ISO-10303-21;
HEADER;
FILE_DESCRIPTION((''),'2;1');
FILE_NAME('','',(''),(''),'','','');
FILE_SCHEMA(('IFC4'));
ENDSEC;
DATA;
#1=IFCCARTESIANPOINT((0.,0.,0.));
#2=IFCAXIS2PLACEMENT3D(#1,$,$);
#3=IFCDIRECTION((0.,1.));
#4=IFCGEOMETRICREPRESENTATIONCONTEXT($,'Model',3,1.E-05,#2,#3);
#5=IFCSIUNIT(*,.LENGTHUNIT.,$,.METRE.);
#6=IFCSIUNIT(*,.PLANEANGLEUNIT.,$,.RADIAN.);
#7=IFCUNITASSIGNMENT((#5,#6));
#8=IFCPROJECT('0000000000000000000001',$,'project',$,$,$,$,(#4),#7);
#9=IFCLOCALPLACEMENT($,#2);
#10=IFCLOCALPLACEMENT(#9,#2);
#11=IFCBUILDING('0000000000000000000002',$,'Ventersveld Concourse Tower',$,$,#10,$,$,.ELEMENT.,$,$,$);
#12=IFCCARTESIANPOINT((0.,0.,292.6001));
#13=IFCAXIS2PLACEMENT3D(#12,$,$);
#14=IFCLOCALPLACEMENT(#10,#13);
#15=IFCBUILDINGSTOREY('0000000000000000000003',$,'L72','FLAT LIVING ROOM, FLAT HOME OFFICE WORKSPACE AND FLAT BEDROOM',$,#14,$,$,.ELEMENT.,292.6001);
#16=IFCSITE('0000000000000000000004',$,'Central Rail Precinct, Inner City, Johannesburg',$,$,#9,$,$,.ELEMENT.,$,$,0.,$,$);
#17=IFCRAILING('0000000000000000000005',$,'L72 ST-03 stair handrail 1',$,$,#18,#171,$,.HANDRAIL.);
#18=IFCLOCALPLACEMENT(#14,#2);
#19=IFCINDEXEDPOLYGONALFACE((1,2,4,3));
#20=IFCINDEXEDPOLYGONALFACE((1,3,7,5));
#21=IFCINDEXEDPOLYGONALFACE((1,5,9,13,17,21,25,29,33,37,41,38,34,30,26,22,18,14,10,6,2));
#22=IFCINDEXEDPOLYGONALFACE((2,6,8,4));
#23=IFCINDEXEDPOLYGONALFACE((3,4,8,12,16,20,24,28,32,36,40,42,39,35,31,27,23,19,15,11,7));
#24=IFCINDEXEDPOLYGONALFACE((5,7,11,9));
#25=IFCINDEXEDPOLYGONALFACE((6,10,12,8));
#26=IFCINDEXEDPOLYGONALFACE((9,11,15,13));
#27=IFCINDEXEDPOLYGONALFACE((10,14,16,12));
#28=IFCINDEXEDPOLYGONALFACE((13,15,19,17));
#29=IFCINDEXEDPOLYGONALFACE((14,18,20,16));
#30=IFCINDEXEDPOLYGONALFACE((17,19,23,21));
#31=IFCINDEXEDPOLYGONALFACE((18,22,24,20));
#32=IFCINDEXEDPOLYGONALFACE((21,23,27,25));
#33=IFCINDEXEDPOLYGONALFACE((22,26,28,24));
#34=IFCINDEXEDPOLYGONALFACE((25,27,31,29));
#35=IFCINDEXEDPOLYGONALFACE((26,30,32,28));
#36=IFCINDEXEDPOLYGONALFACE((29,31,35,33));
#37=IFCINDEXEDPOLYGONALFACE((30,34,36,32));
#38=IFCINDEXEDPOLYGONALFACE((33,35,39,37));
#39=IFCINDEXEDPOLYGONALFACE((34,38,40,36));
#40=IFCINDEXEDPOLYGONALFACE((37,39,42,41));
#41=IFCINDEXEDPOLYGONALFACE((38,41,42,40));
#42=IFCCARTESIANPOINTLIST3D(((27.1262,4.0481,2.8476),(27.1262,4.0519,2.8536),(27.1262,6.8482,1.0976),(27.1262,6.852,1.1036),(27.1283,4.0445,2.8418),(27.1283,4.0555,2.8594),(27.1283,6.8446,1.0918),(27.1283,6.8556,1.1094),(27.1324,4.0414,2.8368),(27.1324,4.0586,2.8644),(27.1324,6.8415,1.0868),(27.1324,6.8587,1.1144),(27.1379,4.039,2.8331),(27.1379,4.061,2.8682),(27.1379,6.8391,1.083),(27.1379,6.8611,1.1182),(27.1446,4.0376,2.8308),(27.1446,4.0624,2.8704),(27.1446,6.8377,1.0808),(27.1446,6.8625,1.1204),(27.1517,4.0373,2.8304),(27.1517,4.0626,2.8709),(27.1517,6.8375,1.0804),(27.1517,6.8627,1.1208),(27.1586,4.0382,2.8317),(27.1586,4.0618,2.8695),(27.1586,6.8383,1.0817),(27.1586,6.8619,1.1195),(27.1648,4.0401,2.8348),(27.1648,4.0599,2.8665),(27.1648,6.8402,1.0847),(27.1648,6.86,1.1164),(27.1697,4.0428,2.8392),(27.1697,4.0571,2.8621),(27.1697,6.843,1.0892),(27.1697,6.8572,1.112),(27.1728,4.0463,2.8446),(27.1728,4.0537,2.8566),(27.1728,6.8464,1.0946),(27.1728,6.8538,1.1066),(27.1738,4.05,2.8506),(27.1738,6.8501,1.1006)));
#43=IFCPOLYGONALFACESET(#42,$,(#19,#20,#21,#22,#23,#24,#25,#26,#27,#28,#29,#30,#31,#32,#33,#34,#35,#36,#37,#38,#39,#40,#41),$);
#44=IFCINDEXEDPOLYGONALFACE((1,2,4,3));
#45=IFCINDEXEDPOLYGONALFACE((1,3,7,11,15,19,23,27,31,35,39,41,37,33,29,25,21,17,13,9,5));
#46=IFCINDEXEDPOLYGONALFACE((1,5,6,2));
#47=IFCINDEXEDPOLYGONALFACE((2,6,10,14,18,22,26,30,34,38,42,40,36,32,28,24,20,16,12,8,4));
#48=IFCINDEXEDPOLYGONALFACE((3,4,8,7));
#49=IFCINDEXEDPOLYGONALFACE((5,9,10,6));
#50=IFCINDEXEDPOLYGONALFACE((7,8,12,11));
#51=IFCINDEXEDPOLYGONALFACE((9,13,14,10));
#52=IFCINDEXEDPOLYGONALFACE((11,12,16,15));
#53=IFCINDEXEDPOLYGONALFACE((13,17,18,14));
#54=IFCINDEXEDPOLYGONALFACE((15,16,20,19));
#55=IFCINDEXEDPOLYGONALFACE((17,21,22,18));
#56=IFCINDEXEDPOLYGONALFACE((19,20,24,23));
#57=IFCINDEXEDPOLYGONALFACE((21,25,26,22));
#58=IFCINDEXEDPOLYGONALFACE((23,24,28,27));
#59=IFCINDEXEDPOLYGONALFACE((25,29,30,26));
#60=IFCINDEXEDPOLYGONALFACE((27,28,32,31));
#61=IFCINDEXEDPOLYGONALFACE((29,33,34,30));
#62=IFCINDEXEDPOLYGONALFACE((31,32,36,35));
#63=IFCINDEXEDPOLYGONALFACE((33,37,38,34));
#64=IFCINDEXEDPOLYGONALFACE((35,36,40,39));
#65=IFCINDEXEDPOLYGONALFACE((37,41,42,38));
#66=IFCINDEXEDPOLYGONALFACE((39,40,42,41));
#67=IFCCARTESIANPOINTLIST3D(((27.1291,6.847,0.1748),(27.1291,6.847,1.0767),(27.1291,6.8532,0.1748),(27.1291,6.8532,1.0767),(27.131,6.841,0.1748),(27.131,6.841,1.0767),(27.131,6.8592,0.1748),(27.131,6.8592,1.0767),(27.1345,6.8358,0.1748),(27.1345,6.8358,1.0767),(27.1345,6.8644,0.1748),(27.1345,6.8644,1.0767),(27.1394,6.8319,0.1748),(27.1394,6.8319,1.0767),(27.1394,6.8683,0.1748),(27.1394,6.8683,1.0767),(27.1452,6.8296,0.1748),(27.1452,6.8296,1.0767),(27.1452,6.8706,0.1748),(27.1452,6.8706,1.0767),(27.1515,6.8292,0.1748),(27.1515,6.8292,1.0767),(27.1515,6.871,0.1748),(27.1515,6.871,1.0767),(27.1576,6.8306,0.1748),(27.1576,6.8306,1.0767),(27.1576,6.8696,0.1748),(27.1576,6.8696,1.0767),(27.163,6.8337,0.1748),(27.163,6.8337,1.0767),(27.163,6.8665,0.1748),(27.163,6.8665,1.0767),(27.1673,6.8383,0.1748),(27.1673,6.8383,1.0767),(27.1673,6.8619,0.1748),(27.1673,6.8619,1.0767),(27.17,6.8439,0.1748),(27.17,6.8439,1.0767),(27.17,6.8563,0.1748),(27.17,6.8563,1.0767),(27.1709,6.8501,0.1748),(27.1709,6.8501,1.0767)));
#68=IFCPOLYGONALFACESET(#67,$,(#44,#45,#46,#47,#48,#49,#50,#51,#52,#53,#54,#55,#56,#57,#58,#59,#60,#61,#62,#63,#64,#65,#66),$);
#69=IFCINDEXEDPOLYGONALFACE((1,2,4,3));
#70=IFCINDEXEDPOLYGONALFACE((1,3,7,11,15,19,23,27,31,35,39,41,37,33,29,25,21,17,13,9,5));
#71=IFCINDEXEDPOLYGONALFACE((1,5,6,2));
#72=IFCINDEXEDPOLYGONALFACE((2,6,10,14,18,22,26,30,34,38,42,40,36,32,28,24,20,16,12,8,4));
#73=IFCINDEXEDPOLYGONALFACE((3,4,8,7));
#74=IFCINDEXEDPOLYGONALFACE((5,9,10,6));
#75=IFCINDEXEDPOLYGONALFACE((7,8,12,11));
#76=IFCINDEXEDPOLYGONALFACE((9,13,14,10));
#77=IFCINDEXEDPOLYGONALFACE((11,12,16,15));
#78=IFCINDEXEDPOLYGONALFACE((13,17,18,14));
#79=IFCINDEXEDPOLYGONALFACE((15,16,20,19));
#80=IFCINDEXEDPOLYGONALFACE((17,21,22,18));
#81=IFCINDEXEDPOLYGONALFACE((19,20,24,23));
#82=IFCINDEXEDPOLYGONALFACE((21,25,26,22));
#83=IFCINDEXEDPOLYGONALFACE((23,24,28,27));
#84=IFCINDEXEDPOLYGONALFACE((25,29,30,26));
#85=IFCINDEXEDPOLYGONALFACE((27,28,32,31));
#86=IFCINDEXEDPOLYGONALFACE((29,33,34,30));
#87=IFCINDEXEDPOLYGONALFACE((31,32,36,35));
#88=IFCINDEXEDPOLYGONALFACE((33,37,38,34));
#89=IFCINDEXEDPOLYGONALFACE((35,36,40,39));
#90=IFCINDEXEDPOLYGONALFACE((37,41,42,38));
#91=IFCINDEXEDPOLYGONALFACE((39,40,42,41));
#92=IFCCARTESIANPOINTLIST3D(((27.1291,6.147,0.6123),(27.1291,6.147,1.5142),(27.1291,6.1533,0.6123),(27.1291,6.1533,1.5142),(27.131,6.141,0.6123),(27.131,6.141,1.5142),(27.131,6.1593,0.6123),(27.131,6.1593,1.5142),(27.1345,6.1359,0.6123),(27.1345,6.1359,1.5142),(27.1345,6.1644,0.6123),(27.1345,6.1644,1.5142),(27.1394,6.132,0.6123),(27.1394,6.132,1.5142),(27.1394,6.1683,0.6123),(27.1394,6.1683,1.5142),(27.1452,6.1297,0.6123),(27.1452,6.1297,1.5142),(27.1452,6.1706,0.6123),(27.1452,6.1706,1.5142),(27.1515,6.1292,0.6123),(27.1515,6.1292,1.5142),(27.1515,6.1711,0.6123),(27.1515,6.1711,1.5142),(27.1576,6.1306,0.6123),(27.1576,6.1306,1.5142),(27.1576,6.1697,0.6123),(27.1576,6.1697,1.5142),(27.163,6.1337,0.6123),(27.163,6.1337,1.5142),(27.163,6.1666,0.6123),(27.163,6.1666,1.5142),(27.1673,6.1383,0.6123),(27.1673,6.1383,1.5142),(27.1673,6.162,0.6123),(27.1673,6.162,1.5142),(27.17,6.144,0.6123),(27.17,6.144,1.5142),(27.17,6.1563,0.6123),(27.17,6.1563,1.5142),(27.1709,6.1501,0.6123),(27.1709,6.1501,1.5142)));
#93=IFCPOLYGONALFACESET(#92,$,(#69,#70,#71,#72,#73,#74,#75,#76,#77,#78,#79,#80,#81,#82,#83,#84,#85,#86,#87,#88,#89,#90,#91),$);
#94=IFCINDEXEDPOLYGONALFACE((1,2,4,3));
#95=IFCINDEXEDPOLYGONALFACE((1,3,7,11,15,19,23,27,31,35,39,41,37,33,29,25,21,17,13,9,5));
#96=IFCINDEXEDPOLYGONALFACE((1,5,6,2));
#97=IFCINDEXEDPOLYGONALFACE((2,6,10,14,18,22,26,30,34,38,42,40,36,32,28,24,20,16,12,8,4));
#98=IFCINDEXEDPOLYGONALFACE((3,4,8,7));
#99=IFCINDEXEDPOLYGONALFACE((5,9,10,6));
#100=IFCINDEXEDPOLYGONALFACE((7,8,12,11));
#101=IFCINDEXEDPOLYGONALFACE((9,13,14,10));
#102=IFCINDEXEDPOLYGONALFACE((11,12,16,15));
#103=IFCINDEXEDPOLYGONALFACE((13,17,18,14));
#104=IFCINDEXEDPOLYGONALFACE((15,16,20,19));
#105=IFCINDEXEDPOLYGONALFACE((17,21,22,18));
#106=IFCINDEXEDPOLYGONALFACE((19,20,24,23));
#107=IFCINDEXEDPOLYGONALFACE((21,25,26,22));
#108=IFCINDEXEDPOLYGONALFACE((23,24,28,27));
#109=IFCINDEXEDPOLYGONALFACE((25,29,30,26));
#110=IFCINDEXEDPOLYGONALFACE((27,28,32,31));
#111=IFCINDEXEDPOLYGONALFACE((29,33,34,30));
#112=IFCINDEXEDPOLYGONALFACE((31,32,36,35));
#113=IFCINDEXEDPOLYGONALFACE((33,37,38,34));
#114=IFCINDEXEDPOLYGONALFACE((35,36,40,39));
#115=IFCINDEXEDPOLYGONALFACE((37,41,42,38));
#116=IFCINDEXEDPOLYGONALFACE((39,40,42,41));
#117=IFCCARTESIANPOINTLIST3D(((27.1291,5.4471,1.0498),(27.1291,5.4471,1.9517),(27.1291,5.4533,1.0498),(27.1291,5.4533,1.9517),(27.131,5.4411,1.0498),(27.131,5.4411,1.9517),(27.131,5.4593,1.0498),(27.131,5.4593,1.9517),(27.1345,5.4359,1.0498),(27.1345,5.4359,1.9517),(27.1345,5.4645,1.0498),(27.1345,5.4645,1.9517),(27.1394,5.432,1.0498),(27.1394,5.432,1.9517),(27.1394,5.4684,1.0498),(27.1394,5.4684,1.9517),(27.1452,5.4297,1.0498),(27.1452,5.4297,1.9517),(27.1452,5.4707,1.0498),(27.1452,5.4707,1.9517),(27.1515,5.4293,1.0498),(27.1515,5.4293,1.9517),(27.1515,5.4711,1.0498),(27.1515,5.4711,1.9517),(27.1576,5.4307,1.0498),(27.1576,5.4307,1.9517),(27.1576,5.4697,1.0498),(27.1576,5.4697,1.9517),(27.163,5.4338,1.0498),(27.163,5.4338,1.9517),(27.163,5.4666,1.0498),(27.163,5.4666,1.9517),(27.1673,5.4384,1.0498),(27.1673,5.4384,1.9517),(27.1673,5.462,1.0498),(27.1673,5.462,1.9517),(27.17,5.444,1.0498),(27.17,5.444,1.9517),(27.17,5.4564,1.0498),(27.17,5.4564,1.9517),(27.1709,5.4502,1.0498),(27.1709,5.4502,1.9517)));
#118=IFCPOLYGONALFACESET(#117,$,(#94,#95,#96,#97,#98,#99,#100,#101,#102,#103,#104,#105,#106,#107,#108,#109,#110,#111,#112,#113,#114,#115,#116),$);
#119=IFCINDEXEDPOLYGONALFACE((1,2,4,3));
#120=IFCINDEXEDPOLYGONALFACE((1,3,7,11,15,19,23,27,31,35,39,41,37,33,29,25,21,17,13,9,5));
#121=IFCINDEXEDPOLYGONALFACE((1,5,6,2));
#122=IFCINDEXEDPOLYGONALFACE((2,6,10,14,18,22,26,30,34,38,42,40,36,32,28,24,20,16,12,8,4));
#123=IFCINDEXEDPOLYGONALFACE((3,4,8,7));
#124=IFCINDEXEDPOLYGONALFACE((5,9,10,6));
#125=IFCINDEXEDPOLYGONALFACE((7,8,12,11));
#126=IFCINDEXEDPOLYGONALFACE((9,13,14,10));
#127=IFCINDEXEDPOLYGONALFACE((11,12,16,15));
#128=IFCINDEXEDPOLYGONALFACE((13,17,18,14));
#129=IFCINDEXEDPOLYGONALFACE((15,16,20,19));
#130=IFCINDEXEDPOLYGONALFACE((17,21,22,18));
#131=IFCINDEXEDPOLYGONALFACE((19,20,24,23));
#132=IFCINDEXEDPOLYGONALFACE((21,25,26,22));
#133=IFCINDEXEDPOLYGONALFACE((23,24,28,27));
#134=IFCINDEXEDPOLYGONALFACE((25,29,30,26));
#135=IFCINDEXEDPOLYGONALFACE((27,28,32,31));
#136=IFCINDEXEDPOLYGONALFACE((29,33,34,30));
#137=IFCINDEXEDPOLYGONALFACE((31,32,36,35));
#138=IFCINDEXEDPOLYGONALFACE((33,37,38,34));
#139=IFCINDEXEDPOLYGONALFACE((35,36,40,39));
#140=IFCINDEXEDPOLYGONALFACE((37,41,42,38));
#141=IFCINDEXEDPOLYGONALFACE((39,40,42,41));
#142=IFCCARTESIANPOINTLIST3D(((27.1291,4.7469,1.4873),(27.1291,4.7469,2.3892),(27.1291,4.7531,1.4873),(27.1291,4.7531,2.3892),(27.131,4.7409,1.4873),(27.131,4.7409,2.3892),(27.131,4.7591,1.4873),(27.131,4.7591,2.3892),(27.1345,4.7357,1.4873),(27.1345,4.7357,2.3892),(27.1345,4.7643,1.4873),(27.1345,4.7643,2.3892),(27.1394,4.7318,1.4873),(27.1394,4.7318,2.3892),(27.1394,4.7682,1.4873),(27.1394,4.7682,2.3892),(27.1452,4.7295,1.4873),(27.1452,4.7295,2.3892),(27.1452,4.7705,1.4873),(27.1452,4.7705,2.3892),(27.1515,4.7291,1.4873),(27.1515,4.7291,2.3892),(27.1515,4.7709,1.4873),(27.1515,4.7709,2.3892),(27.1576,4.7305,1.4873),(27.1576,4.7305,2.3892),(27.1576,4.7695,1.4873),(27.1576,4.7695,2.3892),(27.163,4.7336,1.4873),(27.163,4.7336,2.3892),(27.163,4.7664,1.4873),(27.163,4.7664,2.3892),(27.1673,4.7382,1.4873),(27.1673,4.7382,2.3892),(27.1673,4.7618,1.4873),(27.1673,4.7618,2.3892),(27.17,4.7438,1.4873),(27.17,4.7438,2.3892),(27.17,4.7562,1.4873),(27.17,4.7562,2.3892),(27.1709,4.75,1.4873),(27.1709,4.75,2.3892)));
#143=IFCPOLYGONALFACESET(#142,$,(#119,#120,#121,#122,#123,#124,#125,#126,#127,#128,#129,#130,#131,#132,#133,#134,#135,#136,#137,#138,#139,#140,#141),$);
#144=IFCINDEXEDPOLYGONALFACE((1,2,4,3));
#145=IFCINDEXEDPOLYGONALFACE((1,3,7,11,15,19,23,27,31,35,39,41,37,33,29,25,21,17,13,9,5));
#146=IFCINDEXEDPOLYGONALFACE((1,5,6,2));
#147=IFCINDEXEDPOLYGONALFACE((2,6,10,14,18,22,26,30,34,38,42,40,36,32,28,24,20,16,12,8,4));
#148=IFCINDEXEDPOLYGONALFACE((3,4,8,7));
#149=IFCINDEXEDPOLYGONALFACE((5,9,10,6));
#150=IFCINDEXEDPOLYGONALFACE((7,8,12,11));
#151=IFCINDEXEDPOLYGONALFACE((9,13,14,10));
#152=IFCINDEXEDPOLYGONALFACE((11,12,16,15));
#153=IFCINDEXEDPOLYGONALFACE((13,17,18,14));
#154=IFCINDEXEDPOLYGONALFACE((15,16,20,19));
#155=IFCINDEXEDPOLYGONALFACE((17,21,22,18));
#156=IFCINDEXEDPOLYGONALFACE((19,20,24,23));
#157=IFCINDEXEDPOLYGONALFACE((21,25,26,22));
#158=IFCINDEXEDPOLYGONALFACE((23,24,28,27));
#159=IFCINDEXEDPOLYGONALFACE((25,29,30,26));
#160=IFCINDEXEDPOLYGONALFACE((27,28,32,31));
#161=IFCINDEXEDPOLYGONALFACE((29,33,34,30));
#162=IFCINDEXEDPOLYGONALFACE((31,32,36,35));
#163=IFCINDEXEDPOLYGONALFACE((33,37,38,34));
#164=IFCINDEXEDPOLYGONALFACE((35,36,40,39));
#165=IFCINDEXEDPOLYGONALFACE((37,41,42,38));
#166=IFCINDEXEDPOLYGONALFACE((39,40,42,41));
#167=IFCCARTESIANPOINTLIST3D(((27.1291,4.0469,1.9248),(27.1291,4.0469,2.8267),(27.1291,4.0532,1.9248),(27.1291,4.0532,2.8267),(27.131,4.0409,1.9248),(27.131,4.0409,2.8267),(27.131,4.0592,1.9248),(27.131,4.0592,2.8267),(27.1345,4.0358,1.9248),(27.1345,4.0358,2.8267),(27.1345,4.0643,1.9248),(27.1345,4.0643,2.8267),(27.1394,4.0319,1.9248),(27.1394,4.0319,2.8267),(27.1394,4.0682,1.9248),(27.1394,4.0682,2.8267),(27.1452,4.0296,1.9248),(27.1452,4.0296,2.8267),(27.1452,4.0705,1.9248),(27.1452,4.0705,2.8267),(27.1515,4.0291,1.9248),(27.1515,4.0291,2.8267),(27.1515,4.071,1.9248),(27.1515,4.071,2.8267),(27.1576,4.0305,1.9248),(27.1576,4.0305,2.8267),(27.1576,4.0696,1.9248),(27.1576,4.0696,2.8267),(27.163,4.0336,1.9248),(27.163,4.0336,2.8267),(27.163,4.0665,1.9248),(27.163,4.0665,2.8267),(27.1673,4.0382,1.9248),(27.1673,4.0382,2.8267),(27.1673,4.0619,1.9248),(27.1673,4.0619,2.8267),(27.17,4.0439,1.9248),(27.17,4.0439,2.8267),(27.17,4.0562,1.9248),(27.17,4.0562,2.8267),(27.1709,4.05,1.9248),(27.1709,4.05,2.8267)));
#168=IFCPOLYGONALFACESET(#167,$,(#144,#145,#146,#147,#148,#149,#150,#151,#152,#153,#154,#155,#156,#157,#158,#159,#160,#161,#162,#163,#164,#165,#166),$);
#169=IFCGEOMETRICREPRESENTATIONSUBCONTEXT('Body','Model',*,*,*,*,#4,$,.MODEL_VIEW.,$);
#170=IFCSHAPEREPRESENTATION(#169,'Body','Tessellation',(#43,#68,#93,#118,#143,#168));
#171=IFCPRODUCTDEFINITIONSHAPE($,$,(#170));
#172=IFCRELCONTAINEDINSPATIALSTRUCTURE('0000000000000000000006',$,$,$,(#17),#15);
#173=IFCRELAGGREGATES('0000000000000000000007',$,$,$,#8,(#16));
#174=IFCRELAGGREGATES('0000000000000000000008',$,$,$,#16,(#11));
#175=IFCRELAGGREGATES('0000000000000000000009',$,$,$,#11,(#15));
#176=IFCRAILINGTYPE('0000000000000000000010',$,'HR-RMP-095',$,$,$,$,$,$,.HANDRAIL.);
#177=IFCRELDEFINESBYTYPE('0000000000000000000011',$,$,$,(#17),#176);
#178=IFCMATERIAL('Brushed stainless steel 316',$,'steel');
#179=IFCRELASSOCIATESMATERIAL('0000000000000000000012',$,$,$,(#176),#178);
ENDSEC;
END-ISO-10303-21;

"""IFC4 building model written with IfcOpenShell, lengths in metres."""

from ifc_helpers import new_model, si_unit, direction, frame, origin, origin_2d, place, context, subcontext, project, spatial, circle, extrude, material, type_object, element, save


model = new_model("IFC4")

# Units and contexts
model_context = context("Model", 3, precision=1e-05, world=origin(), true_north=direction((0.0, 1.0)))
body_context = subcontext(model_context, "Body", "Model", "MODEL_VIEW")
ifc_project = project(units=[si_unit("LENGTHUNIT", "METRE"), si_unit("PLANEANGLEUNIT", "RADIAN")], contexts=[model_context])

# Site, building, storey
site_placement = place(None, origin())
site = spatial("IfcSite", under=ifc_project, at=site_placement, Name="Central Rail Precinct, Inner City, Johannesburg", CompositionType="ELEMENT", RefElevation=0.0)
building_placement = place(site_placement, origin())
building = spatial("IfcBuilding", under=site, at=building_placement, Name="Ventersveld Concourse Tower", CompositionType="ELEMENT")
storey_placement = place(building_placement, frame((0.0, 0.0, 292.6001)))
storey = spatial("IfcBuildingStorey", under=building, at=storey_placement, Name="L72", Description="FLAT LIVING ROOM, FLAT HOME OFFICE WORKSPACE AND FLAT BEDROOM", CompositionType="ELEMENT", Elevation=292.6001)

# Shared definitions
ifc_material_1 = material(Name="Brushed stainless steel 316", Category="steel")

# Railing
railing_type_1 = type_object("IfcRailingType", Name="HR-RMP-095", PredefinedType="HANDRAIL", material=ifc_material_1)
railing_1_placement = place(storey_placement, frame((27.1499, 6.8501, 0.1748)))
element("IfcRailing", 1, at=railing_1_placement, inside=storey, type_object=railing_type_1, Name="L72 ST-03 stair handrail 1", PredefinedType="HANDRAIL", context=body_context, shape_type="SweptSolid", body=[
    extrude(circle(Radius=0.0239, at=origin_2d()), frame((0.0, 0.0, 0.9258), z_axis=(0.0, -0.848002, 0.529992), x_axis=(1.0, 0.0, 0.0)), (0.0, 0.0, 1.0), 3.302),
    extrude(circle(Radius=0.021, at=origin_2d()), origin(), (0.0, 0.0, 1.0), 0.9019),
    extrude(circle(Radius=0.021, at=origin_2d()), frame((0.0, -0.7, 0.4375)), (0.0, 0.0, 1.0), 0.9019),
    extrude(circle(Radius=0.021, at=origin_2d()), frame((0.0, -1.3999, 0.875)), (0.0, 0.0, 1.0), 0.9019),
    extrude(circle(Radius=0.021, at=origin_2d()), frame((0.0, -2.1001, 1.3125)), (0.0, 0.0, 1.0), 0.9019),
    extrude(circle(Radius=0.021, at=origin_2d()), frame((0.0, -2.8, 1.75)), (0.0, 0.0, 1.0), 0.9019),
])

save(model, "model.ifc")
